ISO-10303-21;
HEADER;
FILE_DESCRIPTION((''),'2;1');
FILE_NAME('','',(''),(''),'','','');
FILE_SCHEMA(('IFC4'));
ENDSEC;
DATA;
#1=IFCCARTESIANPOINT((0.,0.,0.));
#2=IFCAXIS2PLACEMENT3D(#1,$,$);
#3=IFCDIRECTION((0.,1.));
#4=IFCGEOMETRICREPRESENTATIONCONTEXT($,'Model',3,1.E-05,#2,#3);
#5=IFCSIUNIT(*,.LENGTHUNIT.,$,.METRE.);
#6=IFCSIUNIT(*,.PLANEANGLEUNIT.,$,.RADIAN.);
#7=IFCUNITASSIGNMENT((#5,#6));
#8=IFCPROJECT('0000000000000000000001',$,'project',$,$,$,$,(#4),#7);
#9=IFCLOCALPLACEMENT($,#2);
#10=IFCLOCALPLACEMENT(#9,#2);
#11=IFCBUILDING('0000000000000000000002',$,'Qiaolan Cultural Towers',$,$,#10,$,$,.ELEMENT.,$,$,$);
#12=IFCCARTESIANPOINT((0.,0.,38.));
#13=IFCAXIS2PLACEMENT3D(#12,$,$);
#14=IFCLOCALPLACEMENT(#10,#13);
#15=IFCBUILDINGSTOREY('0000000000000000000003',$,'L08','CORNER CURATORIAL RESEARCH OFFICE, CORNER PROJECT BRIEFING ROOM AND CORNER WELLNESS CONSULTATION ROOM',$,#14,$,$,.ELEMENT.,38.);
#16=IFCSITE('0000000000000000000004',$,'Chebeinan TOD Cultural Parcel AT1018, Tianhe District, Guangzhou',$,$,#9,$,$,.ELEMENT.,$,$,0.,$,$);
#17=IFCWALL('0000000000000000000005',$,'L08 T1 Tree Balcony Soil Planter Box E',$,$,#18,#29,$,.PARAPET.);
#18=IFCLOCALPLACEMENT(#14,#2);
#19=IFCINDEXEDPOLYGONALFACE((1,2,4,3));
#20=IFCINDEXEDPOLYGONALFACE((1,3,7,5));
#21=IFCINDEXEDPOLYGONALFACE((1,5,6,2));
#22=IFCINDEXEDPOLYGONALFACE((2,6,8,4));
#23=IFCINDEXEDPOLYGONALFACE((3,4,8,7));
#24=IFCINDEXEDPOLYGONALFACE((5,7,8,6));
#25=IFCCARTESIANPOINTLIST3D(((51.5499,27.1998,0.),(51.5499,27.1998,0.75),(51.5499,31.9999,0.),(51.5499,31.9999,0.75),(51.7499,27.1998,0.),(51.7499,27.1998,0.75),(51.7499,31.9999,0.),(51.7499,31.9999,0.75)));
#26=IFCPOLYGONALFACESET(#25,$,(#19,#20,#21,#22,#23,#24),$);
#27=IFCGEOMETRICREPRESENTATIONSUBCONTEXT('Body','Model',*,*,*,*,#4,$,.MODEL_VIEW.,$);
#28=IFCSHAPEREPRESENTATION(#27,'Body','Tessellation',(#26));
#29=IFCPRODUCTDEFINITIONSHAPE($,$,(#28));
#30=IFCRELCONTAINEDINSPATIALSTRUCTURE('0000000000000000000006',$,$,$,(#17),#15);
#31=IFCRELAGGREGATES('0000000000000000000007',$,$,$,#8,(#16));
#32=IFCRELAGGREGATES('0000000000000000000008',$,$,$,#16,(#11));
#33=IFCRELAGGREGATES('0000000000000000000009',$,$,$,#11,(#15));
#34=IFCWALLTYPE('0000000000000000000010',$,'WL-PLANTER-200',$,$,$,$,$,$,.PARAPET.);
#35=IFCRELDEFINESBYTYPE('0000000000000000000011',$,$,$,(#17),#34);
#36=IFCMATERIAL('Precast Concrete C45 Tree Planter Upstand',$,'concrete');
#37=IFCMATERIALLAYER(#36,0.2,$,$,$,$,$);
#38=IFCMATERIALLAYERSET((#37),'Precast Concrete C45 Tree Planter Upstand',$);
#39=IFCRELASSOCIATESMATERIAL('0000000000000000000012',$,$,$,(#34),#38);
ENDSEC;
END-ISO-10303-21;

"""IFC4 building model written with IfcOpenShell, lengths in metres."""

from ifc_helpers import new_model, si_unit, direction, frame, frame_2d, origin, place, context, subcontext, project, spatial, rectangle, extrude, material, layer, layer_set, type_object, element, save


model = new_model("IFC4")

# Units and contexts
model_context = context("Model", 3, precision=1e-05, world=origin(), true_north=direction((0.0, 1.0)))
body_context = subcontext(model_context, "Body", "Model", "MODEL_VIEW")
ifc_project = project(units=[si_unit("LENGTHUNIT", "METRE"), si_unit("PLANEANGLEUNIT", "RADIAN")], contexts=[model_context])

# Site, building, storey
site_placement = place(None, origin())
site = spatial("IfcSite", under=ifc_project, at=site_placement, Name="Chebeinan TOD Cultural Parcel AT1018, Tianhe District, Guangzhou", CompositionType="ELEMENT", RefElevation=0.0)
building_placement = place(site_placement, origin())
building = spatial("IfcBuilding", under=site, at=building_placement, Name="Qiaolan Cultural Towers", CompositionType="ELEMENT")
storey_placement = place(building_placement, frame((0.0, 0.0, 38.0)))
storey = spatial("IfcBuildingStorey", under=building, at=storey_placement, Name="L08", Description="CORNER CURATORIAL RESEARCH OFFICE, CORNER PROJECT BRIEFING ROOM AND CORNER WELLNESS CONSULTATION ROOM", CompositionType="ELEMENT", Elevation=38.0)

# Wall
ifc_material_1 = material(Name="Precast Concrete C45 Tree Planter Upstand", Category="concrete")
ifc_layer_1 = layer(ifc_material_1, 0.2)
ifc_layer_set_1 = layer_set([ifc_layer_1], Name="Precast Concrete C45 Tree Planter Upstand")
wall_type_1 = type_object("IfcWallType", Name="WL-PLANTER-200", PredefinedType="PARAPET", material=ifc_layer_set_1)
wall_1_placement = place(storey_placement, frame((51.6499, 27.2, 0.0), z_axis=(0.0, 0.0, 1.0), x_axis=(0.0, 1.0, 0.0)))
element("IfcWall", 1, at=wall_1_placement, inside=storey, type_object=wall_type_1, Name="L08 T1 Tree Balcony Soil Planter Box E", PredefinedType="PARAPET", context=body_context, shape_type="SweptSolid", body=[
    extrude(rectangle(XDim=4.8, YDim=0.2, at=frame_2d((2.3999, 0.0))), origin(), (0.0, 0.0, 1.0), 0.75),
])

save(model, "model.ifc")
